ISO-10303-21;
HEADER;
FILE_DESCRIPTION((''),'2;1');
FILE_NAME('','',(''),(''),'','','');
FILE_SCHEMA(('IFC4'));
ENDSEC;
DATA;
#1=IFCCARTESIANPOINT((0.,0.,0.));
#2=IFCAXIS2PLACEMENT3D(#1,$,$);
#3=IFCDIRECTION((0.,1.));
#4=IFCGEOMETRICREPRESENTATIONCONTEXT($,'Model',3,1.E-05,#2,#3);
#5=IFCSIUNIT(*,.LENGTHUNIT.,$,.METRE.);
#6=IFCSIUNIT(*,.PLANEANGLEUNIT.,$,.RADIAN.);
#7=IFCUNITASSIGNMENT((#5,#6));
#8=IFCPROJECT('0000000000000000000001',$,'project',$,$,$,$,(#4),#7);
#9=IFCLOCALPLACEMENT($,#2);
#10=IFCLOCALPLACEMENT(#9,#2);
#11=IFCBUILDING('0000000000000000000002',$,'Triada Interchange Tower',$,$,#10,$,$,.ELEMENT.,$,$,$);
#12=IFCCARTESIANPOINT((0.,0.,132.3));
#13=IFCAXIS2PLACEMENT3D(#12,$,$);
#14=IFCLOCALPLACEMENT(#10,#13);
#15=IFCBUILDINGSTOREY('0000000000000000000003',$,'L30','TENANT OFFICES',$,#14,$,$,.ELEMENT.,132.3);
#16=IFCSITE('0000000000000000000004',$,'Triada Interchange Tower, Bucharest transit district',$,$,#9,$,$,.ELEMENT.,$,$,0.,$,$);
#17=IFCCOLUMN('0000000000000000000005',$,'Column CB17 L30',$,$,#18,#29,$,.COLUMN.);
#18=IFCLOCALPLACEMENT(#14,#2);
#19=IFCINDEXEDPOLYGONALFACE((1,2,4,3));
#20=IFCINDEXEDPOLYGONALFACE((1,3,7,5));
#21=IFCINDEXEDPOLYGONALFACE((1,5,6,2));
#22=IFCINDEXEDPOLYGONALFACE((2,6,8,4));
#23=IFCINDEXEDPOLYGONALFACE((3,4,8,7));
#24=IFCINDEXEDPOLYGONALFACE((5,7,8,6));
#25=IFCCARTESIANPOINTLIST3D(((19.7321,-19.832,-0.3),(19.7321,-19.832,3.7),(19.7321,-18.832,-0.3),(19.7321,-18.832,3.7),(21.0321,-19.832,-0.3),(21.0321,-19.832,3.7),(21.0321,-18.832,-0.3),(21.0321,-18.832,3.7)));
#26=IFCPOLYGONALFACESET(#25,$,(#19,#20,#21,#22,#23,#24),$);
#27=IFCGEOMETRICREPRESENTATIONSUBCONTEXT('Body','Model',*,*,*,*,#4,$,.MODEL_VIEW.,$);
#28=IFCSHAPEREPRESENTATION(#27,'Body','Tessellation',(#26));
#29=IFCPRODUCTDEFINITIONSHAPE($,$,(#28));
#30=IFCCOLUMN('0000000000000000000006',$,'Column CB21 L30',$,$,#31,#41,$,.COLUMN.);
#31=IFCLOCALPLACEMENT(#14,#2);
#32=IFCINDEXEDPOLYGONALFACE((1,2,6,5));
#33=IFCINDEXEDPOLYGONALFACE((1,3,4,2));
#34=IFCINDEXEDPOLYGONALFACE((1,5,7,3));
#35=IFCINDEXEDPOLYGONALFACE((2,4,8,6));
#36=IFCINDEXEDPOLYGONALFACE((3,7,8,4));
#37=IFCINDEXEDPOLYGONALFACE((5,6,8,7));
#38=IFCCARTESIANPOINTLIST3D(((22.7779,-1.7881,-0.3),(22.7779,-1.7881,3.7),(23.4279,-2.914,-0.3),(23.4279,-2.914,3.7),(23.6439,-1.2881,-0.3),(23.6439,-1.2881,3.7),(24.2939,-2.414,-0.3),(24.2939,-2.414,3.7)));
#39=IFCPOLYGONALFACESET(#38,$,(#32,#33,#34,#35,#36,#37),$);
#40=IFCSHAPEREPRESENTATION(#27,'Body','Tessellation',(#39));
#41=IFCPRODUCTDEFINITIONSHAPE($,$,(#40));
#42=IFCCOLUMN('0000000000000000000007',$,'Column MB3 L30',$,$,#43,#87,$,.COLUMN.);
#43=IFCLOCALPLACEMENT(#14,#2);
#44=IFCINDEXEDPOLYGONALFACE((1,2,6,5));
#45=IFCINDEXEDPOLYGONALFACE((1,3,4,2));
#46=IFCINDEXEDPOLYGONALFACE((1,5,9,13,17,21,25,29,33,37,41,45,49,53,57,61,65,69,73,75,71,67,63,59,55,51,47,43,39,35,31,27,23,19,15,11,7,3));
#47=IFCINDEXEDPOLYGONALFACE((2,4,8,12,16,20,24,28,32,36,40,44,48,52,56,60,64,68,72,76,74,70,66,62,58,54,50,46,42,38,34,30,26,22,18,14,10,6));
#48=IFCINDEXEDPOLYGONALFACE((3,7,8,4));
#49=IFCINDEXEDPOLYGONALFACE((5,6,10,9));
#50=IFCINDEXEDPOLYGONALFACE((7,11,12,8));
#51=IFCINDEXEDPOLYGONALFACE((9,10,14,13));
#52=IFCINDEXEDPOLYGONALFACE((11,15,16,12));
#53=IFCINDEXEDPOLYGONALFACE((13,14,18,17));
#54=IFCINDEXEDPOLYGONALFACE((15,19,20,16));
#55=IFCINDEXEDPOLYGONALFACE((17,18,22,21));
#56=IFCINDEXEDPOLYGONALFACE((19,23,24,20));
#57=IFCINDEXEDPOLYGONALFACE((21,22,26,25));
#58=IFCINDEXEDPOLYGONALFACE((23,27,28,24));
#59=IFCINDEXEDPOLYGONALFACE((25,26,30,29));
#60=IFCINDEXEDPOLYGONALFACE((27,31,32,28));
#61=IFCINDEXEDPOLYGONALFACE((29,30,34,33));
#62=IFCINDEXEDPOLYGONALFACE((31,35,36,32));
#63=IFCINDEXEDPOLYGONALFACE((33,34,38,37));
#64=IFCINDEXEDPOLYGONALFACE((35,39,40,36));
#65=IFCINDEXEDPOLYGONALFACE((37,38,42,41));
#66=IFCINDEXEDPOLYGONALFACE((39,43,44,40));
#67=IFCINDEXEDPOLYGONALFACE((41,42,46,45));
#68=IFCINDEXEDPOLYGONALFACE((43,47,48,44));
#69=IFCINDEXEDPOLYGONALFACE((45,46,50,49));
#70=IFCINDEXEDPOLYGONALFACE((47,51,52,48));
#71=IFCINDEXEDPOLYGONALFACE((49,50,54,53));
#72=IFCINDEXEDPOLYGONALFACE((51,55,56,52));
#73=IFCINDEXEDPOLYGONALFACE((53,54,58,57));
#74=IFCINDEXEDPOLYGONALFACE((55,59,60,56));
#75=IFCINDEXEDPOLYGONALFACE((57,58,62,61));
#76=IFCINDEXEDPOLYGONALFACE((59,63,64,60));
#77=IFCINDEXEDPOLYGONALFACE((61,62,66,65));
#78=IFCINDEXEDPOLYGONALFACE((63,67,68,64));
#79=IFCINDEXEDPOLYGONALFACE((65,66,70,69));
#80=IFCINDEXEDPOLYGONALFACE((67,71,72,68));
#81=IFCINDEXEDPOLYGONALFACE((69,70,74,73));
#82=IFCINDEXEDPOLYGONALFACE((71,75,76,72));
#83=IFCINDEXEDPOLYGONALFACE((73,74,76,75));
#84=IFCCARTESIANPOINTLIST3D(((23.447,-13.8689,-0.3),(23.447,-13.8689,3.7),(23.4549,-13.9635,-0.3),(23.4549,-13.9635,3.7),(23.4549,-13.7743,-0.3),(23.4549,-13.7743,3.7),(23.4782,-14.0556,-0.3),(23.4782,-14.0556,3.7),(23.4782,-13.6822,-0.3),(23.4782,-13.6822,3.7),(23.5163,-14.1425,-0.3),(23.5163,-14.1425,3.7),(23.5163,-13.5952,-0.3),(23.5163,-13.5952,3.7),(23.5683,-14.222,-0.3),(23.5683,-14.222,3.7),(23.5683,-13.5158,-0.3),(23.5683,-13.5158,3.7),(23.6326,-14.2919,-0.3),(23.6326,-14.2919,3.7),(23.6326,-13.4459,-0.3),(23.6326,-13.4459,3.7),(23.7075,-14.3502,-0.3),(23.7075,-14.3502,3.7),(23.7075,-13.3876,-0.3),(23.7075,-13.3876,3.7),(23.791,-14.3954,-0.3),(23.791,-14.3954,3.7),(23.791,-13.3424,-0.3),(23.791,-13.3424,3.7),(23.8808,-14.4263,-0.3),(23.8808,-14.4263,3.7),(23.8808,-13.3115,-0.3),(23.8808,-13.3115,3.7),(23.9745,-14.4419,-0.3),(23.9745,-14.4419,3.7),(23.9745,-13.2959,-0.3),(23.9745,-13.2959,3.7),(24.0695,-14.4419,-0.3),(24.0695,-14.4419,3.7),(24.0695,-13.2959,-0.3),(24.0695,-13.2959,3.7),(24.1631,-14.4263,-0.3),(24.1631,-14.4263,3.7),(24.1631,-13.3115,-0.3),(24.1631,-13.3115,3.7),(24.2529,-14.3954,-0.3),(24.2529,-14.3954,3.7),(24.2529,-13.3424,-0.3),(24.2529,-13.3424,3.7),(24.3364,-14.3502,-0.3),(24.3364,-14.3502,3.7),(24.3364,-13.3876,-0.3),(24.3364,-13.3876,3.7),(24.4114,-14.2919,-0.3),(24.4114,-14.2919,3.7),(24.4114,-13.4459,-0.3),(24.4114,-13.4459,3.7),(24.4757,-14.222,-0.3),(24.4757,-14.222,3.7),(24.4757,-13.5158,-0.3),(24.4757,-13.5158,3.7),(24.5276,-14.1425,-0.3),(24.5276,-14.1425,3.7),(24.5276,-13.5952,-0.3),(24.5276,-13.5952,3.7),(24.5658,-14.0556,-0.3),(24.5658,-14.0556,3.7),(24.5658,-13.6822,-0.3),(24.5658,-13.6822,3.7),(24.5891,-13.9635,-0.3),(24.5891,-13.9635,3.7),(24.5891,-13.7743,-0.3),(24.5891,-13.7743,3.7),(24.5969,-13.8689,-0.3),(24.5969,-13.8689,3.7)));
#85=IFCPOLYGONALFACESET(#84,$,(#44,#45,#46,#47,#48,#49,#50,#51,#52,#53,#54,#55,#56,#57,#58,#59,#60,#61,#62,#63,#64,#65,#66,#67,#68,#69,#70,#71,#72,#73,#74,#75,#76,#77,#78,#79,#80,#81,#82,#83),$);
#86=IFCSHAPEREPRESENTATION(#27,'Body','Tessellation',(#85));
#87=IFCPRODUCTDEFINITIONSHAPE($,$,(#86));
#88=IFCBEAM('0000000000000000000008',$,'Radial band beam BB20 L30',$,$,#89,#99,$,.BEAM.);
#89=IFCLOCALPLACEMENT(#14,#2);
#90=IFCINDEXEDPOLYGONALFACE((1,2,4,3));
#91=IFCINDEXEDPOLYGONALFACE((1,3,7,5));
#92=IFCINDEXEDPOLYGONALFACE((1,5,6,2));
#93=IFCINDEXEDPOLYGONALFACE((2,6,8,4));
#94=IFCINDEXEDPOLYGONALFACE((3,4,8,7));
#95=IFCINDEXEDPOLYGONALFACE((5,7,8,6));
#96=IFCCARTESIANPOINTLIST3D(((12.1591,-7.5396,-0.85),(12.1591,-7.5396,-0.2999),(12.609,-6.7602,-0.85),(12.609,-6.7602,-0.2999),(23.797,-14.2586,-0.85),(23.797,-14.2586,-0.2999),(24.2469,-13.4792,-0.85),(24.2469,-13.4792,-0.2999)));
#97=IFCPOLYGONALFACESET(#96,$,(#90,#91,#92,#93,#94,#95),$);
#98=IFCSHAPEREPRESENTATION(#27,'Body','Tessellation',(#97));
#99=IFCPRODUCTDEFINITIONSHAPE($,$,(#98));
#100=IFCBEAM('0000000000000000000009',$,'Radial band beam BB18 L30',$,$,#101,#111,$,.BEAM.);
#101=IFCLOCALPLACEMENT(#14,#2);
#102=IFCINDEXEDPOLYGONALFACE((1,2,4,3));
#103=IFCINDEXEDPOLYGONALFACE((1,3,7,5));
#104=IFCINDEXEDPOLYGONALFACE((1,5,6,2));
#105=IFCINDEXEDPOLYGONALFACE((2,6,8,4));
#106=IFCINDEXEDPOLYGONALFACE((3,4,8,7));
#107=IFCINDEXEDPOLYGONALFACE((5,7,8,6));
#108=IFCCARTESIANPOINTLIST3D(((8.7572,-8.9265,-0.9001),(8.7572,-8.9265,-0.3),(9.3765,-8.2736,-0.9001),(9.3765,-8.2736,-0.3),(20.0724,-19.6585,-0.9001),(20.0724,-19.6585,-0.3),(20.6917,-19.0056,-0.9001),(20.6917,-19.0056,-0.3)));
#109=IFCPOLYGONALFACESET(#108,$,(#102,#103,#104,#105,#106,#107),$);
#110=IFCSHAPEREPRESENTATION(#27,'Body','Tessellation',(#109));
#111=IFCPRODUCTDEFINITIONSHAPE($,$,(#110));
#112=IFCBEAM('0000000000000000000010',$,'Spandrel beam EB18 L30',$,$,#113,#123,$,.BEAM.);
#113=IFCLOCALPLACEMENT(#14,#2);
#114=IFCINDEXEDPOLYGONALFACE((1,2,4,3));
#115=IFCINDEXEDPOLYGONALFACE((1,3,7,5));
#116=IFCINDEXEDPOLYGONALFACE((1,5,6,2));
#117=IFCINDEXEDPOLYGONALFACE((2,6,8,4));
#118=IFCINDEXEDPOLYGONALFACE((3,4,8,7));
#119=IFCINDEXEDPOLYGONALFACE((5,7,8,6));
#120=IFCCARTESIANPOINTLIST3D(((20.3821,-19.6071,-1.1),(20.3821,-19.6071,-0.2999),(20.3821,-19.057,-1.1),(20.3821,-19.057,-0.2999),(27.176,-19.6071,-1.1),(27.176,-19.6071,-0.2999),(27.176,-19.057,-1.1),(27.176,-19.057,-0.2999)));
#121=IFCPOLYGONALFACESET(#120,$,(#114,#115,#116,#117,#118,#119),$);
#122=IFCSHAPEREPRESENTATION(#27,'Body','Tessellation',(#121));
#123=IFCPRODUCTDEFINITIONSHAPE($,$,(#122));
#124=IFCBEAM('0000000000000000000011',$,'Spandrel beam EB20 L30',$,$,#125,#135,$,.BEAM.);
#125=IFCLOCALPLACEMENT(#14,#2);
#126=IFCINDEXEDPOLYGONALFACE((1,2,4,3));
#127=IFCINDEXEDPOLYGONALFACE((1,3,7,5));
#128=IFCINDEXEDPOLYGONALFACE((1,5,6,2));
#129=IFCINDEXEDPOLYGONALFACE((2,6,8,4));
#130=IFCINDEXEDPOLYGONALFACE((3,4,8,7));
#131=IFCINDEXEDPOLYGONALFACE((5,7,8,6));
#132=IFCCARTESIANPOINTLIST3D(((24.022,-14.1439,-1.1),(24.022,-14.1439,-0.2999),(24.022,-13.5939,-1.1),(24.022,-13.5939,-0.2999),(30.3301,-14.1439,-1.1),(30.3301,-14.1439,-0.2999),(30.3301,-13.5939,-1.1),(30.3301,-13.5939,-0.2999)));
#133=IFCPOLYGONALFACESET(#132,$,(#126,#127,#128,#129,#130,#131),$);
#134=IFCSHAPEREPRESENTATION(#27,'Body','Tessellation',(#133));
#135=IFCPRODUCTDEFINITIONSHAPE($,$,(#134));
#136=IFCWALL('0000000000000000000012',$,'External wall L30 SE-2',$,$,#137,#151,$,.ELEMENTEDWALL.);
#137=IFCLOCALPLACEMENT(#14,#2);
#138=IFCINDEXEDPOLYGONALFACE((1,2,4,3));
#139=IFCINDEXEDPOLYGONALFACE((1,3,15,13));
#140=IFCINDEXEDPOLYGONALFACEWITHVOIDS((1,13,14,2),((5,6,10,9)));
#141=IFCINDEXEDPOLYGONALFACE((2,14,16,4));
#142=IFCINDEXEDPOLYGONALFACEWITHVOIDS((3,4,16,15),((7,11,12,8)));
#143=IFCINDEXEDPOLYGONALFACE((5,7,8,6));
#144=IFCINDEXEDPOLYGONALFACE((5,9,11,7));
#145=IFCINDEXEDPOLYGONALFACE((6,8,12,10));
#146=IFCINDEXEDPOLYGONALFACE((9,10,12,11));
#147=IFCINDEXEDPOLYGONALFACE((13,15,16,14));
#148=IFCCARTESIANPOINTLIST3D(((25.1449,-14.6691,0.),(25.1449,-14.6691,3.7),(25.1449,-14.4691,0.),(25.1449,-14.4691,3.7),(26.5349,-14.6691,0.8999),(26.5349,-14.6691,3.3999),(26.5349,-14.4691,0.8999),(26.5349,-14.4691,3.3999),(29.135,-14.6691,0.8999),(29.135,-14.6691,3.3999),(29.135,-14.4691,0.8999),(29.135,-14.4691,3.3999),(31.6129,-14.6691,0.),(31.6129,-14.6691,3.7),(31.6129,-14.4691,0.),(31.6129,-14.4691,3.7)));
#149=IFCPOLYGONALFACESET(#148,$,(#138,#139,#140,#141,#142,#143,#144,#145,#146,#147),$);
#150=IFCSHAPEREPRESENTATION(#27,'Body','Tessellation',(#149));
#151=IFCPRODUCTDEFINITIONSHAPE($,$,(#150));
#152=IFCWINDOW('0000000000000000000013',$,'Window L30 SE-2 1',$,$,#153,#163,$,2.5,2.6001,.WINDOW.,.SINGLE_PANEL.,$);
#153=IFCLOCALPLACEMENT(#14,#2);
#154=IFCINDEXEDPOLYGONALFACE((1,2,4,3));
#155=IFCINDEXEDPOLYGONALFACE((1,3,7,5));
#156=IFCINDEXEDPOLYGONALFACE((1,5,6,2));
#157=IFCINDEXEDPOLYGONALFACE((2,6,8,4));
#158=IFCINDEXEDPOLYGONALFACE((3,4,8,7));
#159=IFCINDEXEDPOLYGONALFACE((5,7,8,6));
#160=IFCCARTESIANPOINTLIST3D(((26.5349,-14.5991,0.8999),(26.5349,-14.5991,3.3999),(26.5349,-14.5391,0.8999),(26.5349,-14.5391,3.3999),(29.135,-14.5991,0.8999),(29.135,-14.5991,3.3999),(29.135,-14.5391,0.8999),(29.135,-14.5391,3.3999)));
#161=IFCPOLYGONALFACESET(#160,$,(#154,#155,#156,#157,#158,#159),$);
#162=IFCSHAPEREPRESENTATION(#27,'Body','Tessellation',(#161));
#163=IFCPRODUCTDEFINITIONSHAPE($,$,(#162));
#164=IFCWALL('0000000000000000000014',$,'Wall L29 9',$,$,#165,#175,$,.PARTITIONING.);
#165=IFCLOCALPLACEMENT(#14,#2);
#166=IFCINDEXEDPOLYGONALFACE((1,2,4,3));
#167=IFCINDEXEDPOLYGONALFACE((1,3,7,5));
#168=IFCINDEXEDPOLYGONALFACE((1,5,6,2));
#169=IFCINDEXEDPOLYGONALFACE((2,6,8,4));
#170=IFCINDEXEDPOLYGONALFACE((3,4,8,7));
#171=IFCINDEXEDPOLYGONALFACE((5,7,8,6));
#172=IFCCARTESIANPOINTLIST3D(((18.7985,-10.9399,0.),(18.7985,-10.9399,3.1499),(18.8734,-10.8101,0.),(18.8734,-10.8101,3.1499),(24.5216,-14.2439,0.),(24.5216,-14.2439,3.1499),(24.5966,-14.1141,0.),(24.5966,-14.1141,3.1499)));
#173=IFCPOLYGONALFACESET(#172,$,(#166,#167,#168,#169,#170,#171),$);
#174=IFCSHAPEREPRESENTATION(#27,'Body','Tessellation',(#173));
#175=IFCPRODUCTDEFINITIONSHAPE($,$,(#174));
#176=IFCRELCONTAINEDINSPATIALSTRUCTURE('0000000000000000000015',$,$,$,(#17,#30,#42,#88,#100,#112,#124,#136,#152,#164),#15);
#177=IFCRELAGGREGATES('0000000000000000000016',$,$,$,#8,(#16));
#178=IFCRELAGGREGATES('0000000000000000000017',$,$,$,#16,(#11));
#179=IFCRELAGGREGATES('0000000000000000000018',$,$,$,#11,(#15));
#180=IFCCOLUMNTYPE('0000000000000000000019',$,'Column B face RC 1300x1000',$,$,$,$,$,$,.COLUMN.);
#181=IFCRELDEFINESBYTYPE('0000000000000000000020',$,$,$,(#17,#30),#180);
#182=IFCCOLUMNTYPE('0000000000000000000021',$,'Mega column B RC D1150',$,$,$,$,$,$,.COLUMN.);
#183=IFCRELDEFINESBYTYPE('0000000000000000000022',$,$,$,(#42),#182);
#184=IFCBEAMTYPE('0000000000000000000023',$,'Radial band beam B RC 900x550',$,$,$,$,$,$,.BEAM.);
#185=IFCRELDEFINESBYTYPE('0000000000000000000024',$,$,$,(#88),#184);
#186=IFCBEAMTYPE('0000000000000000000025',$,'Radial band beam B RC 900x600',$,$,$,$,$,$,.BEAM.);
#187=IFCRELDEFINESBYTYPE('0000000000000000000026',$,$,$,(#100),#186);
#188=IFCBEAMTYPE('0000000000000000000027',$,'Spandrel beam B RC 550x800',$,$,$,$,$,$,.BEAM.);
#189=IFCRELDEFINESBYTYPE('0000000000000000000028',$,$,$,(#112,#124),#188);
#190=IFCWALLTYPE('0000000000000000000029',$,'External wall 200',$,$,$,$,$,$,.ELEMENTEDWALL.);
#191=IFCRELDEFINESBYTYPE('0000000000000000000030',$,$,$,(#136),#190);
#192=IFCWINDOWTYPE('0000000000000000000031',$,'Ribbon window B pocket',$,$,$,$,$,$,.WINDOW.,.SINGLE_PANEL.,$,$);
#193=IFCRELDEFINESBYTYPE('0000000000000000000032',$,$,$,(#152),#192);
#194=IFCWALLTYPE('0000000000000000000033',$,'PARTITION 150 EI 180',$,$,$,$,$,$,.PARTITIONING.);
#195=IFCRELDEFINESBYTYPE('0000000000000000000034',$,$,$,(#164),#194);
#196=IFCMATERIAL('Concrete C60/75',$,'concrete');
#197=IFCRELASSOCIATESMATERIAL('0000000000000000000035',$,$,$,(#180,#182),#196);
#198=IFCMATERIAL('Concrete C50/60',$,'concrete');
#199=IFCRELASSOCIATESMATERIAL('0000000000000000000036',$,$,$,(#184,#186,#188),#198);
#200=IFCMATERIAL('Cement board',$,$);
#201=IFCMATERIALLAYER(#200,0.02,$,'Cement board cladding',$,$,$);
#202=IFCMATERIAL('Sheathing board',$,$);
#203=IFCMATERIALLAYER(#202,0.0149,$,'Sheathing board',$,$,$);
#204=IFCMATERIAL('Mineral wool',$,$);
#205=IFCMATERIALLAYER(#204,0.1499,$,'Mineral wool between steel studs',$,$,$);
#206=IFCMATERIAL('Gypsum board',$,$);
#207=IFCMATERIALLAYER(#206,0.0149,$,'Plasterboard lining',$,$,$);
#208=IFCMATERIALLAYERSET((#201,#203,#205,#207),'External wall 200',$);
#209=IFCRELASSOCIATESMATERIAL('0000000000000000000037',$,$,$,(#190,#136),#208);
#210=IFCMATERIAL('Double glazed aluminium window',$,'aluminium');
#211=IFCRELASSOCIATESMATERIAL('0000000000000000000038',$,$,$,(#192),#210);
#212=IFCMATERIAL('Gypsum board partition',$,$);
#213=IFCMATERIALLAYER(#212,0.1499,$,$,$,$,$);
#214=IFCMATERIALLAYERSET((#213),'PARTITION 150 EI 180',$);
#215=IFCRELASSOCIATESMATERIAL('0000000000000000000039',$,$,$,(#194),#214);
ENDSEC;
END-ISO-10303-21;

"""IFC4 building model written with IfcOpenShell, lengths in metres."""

from ifc_helpers import new_model, si_unit, direction, frame, frame_2d, origin, origin_2d, place, context, subcontext, project, spatial, rectangle, circle, extrude, material, layer, layer_set, layer_usage, material_profile, profile_set, type_object, element, fill, save


model = new_model("IFC4")

# Units and contexts
model_context = context("Model", 3, precision=1e-05, world=origin(), true_north=direction((0.0, 1.0)))
body_context = subcontext(model_context, "Body", "Model", "MODEL_VIEW")
ifc_project = project(units=[si_unit("LENGTHUNIT", "METRE"), si_unit("PLANEANGLEUNIT", "RADIAN")], contexts=[model_context])

# Site, building, storey
site_placement = place(None, origin())
site = spatial("IfcSite", under=ifc_project, at=site_placement, Name="Triada Interchange Tower, Bucharest transit district", CompositionType="ELEMENT", RefElevation=0.0)
building_placement = place(site_placement, origin())
building = spatial("IfcBuilding", under=site, at=building_placement, Name="Triada Interchange Tower", CompositionType="ELEMENT")
storey_placement = place(building_placement, frame((0.0, 0.0, 132.3)))
storey = spatial("IfcBuildingStorey", under=building, at=storey_placement, Name="L30", Description="TENANT OFFICES", CompositionType="ELEMENT", Elevation=132.3)

# Columns
ifc_material_1 = material(Name="Concrete C60/75", Category="concrete")
ifc_material_profile_1 = material_profile(ifc_material_1, rectangle(XDim=1.3, YDim=1.0, at=origin_2d()), Name="RC 1300x1000")
ifc_profile_set_1 = profile_set([ifc_material_profile_1], Name="Concrete C60/75")
column_type_1 = type_object("IfcColumnType", Name="Column B face RC 1300x1000", PredefinedType="COLUMN", material=ifc_profile_set_1)
for number, where, z_axis, x_axis, name in (
    (1, (20.3821, -19.332, -0.3), (0.0, 0.0, 1.0), (1.0, 0.0, 0.0), "Column CB17 L30"),
    (2, (23.5359, -2.1011, -0.3), (0.0, 0.0, 1.0), (-0.5, 0.866025, 0.0), "Column CB21 L30"),
):
    element("IfcColumn", number, at=place(storey_placement, frame(where, z_axis=z_axis, x_axis=x_axis)), inside=storey, type_object=column_type_1, Name=name, PredefinedType="COLUMN", context=body_context, shape_type="SweptSolid", body=[
        extrude(rectangle(XDim=1.3, YDim=1.0, at=origin_2d()), origin(), (0.0, 0.0, 1.0), 4.0),
    ])
ifc_material_profile_2 = material_profile(ifc_material_1, circle(Radius=0.575, at=origin_2d()), Name="RC D1150")
ifc_profile_set_2 = profile_set([ifc_material_profile_2], Name="Concrete C60/75")
column_type_2 = type_object("IfcColumnType", Name="Mega column B RC D1150", PredefinedType="COLUMN", material=ifc_profile_set_2)
column_placement = place(storey_placement, frame((24.022, -13.8689, -0.3), z_axis=(0.0, 0.0, 1.0), x_axis=(1.0, 0.0, 0.0)))
element("IfcColumn", 3, at=column_placement, inside=storey, type_object=column_type_2, Name="Column MB3 L30", PredefinedType="COLUMN", context=body_context, shape_type="SweptSolid", body=[
    extrude(circle(Radius=0.575, at=origin_2d()), origin(), (0.0, 0.0, 1.0), 4.0),
])

# Beams
ifc_material_2 = material(Name="Concrete C50/60", Category="concrete")
ifc_material_profile_3 = material_profile(ifc_material_2, rectangle(XDim=0.8999, YDim=0.55, at=origin_2d()), Name="RC 900x550")
ifc_profile_set_3 = profile_set([ifc_material_profile_3], Name="Concrete C50/60")
beam_type_1 = type_object("IfcBeamType", Name="Radial band beam B RC 900x550", PredefinedType="BEAM", material=ifc_profile_set_3)
beam_1_placement = place(storey_placement, frame((24.022, -13.8689, -0.575), z_axis=(-0.866031, 0.49999, 0.0), x_axis=(-0.49999, -0.866031, 0.0)))
element("IfcBeam", 4, at=beam_1_placement, inside=storey, type_object=beam_type_1, Name="Radial band beam BB20 L30", PredefinedType="BEAM", context=body_context, shape_type="SweptSolid", body=[
    extrude(rectangle(XDim=0.8999, YDim=0.55, at=origin_2d()), origin(), (0.0, 0.0, 1.0), 13.4382),
])
ifc_material_profile_4 = material_profile(ifc_material_2, rectangle(XDim=0.8999, YDim=0.6001, at=origin_2d()), Name="RC 900x600")
ifc_profile_set_4 = profile_set([ifc_material_profile_4], Name="Concrete C50/60")
beam_type_2 = type_object("IfcBeamType", Name="Radial band beam B RC 900x600", PredefinedType="BEAM", material=ifc_profile_set_4)
beam_2_placement = place(storey_placement, frame((20.3821, -19.332, -0.6001), z_axis=(-0.725559, 0.68816, 0.0), x_axis=(-0.68816, -0.725559, 0.0)))
element("IfcBeam", 5, at=beam_2_placement, inside=storey, type_object=beam_type_2, Name="Radial band beam BB18 L30", PredefinedType="BEAM", context=body_context, shape_type="SweptSolid", body=[
    extrude(rectangle(XDim=0.8999, YDim=0.6001, at=origin_2d()), origin(), (0.0, 0.0, 1.0), 15.5952),
])
ifc_material_profile_5 = material_profile(ifc_material_2, rectangle(XDim=0.55, YDim=0.8, at=origin_2d()), Name="RC 550x800")
ifc_profile_set_5 = profile_set([ifc_material_profile_5], Name="Concrete C50/60")
beam_type_3 = type_object("IfcBeamType", Name="Spandrel beam B RC 550x800", PredefinedType="BEAM", material=ifc_profile_set_5)
beam_3_placement = place(storey_placement, frame((20.3821, -19.332, -0.7), z_axis=(1.0, 0.0, 0.0), x_axis=(0.0, 1.0, 0.0)))
element("IfcBeam", 6, at=beam_3_placement, inside=storey, type_object=beam_type_3, Name="Spandrel beam EB18 L30", PredefinedType="BEAM", context=body_context, shape_type="SweptSolid", body=[
    extrude(rectangle(XDim=0.55, YDim=0.8, at=origin_2d()), origin(), (0.0, 0.0, 1.0), 6.7939),
])
beam_4_placement = place(storey_placement, frame((24.022, -13.8689, -0.7), z_axis=(1.0, 0.0, 0.0), x_axis=(0.0, 1.0, 0.0)))
element("IfcBeam", 7, at=beam_4_placement, inside=storey, type_object=beam_type_3, Name="Spandrel beam EB20 L30", PredefinedType="BEAM", context=body_context, shape_type="SweptSolid", body=[
    extrude(rectangle(XDim=0.55, YDim=0.8, at=origin_2d()), origin(), (0.0, 0.0, 1.0), 6.3081),
])

# Wall, opening, window
ifc_material_3 = material(Name="Cement board")
ifc_layer_1 = layer(ifc_material_3, 0.02, Name="Cement board cladding")
ifc_material_4 = material(Name="Sheathing board")
ifc_layer_2 = layer(ifc_material_4, 0.0149, Name="Sheathing board")
ifc_material_5 = material(Name="Mineral wool")
ifc_layer_3 = layer(ifc_material_5, 0.1499, Name="Mineral wool between steel studs")
ifc_material_6 = material(Name="Gypsum board")
ifc_layer_4 = layer(ifc_material_6, 0.0149, Name="Plasterboard lining")
ifc_layer_set_1 = layer_set([ifc_layer_1, ifc_layer_2, ifc_layer_3, ifc_layer_4], Name="External wall 200")
ifc_layer_usage = layer_usage(ifc_layer_set_1, "AXIS2", "POSITIVE", -0.1001)
wall_type_1 = type_object("IfcWallType", Name="External wall 200", PredefinedType="ELEMENTEDWALL", material=ifc_layer_set_1)
wall_1_placement = place(storey_placement, frame((25.145, -14.5691, 0.0), z_axis=(0.0, 0.0, 1.0), x_axis=(1.0, 0.0, 0.0)))
wall_1 = element("IfcWall", 8, at=wall_1_placement, inside=storey, type_object=wall_type_1, material=ifc_layer_usage, Name="External wall L30 SE-2", PredefinedType="ELEMENTEDWALL", context=body_context, shape_type="SweptSolid", body=[
    extrude(rectangle(XDim=6.468, YDim=0.2, at=frame_2d((3.2339, 0.0))), origin(), (0.0, 0.0, 1.0), 3.7),
])
opening_1_placement = place(wall_1_placement, frame((1.3899, 0.0, 0.8999)))
opening_1 = element("IfcOpeningElement", 9, at=opening_1_placement, cuts=wall_1, PredefinedType="OPENING", context=body_context, shape_type="SweptSolid", body=[
    extrude(rectangle(XDim=2.6001, YDim=2.5, at=frame_2d((1.3, 1.25))), frame((0.0, 0.1099, 0.0), z_axis=(0.0, -1.0, 0.0), x_axis=(1.0, 0.0, 0.0)), (0.0, 0.0, 1.0), 0.22),
])
ifc_material_7 = material(Name="Double glazed aluminium window", Category="aluminium")
window_type = type_object("IfcWindowType", Name="Ribbon window B pocket", PartitioningType="SINGLE_PANEL", PredefinedType="WINDOW", material=ifc_material_7)
window_placement = place(opening_1_placement, origin())
window = element("IfcWindow", 10, at=window_placement, inside=storey, type_object=window_type, Name="Window L30 SE-2 1", OverallHeight=2.5, OverallWidth=2.6001, PartitioningType="SINGLE_PANEL", PredefinedType="WINDOW", context=body_context, shape_type="SweptSolid", body=[
    extrude(rectangle(XDim=2.6001, YDim=2.5, at=frame_2d((1.3, 1.25))), frame((0.0, 0.03, 0.0), z_axis=(0.0, -1.0, 0.0), x_axis=(1.0, 0.0, 0.0)), (0.0, 0.0, 1.0), 0.0601),
])
fill(opening_1, window)

# Wall
ifc_material_8 = material(Name="Gypsum board partition")
ifc_layer_5 = layer(ifc_material_8, 0.1499)
ifc_layer_set_2 = layer_set([ifc_layer_5], Name="PARTITION 150 EI 180")
wall_type_2 = type_object("IfcWallType", Name="PARTITION 150 EI 180", PredefinedType="PARTITIONING", material=ifc_layer_set_2)
wall_2_placement = place(storey_placement, frame((18.8359, -10.875, 0.0), z_axis=(0.0, 0.0, 1.0), x_axis=(0.866045, -0.499966, 0.0)))
element("IfcWall", 11, at=wall_2_placement, inside=storey, type_object=wall_type_2, Name="Wall L29 9", PredefinedType="PARTITIONING", context=body_context, shape_type="SweptSolid", body=[
    extrude(rectangle(XDim=6.6084, YDim=0.1499, at=frame_2d((3.3042, 0.0))), origin(), (0.0, 0.0, 1.0), 3.1499),
])

save(model, "model.ifc")
